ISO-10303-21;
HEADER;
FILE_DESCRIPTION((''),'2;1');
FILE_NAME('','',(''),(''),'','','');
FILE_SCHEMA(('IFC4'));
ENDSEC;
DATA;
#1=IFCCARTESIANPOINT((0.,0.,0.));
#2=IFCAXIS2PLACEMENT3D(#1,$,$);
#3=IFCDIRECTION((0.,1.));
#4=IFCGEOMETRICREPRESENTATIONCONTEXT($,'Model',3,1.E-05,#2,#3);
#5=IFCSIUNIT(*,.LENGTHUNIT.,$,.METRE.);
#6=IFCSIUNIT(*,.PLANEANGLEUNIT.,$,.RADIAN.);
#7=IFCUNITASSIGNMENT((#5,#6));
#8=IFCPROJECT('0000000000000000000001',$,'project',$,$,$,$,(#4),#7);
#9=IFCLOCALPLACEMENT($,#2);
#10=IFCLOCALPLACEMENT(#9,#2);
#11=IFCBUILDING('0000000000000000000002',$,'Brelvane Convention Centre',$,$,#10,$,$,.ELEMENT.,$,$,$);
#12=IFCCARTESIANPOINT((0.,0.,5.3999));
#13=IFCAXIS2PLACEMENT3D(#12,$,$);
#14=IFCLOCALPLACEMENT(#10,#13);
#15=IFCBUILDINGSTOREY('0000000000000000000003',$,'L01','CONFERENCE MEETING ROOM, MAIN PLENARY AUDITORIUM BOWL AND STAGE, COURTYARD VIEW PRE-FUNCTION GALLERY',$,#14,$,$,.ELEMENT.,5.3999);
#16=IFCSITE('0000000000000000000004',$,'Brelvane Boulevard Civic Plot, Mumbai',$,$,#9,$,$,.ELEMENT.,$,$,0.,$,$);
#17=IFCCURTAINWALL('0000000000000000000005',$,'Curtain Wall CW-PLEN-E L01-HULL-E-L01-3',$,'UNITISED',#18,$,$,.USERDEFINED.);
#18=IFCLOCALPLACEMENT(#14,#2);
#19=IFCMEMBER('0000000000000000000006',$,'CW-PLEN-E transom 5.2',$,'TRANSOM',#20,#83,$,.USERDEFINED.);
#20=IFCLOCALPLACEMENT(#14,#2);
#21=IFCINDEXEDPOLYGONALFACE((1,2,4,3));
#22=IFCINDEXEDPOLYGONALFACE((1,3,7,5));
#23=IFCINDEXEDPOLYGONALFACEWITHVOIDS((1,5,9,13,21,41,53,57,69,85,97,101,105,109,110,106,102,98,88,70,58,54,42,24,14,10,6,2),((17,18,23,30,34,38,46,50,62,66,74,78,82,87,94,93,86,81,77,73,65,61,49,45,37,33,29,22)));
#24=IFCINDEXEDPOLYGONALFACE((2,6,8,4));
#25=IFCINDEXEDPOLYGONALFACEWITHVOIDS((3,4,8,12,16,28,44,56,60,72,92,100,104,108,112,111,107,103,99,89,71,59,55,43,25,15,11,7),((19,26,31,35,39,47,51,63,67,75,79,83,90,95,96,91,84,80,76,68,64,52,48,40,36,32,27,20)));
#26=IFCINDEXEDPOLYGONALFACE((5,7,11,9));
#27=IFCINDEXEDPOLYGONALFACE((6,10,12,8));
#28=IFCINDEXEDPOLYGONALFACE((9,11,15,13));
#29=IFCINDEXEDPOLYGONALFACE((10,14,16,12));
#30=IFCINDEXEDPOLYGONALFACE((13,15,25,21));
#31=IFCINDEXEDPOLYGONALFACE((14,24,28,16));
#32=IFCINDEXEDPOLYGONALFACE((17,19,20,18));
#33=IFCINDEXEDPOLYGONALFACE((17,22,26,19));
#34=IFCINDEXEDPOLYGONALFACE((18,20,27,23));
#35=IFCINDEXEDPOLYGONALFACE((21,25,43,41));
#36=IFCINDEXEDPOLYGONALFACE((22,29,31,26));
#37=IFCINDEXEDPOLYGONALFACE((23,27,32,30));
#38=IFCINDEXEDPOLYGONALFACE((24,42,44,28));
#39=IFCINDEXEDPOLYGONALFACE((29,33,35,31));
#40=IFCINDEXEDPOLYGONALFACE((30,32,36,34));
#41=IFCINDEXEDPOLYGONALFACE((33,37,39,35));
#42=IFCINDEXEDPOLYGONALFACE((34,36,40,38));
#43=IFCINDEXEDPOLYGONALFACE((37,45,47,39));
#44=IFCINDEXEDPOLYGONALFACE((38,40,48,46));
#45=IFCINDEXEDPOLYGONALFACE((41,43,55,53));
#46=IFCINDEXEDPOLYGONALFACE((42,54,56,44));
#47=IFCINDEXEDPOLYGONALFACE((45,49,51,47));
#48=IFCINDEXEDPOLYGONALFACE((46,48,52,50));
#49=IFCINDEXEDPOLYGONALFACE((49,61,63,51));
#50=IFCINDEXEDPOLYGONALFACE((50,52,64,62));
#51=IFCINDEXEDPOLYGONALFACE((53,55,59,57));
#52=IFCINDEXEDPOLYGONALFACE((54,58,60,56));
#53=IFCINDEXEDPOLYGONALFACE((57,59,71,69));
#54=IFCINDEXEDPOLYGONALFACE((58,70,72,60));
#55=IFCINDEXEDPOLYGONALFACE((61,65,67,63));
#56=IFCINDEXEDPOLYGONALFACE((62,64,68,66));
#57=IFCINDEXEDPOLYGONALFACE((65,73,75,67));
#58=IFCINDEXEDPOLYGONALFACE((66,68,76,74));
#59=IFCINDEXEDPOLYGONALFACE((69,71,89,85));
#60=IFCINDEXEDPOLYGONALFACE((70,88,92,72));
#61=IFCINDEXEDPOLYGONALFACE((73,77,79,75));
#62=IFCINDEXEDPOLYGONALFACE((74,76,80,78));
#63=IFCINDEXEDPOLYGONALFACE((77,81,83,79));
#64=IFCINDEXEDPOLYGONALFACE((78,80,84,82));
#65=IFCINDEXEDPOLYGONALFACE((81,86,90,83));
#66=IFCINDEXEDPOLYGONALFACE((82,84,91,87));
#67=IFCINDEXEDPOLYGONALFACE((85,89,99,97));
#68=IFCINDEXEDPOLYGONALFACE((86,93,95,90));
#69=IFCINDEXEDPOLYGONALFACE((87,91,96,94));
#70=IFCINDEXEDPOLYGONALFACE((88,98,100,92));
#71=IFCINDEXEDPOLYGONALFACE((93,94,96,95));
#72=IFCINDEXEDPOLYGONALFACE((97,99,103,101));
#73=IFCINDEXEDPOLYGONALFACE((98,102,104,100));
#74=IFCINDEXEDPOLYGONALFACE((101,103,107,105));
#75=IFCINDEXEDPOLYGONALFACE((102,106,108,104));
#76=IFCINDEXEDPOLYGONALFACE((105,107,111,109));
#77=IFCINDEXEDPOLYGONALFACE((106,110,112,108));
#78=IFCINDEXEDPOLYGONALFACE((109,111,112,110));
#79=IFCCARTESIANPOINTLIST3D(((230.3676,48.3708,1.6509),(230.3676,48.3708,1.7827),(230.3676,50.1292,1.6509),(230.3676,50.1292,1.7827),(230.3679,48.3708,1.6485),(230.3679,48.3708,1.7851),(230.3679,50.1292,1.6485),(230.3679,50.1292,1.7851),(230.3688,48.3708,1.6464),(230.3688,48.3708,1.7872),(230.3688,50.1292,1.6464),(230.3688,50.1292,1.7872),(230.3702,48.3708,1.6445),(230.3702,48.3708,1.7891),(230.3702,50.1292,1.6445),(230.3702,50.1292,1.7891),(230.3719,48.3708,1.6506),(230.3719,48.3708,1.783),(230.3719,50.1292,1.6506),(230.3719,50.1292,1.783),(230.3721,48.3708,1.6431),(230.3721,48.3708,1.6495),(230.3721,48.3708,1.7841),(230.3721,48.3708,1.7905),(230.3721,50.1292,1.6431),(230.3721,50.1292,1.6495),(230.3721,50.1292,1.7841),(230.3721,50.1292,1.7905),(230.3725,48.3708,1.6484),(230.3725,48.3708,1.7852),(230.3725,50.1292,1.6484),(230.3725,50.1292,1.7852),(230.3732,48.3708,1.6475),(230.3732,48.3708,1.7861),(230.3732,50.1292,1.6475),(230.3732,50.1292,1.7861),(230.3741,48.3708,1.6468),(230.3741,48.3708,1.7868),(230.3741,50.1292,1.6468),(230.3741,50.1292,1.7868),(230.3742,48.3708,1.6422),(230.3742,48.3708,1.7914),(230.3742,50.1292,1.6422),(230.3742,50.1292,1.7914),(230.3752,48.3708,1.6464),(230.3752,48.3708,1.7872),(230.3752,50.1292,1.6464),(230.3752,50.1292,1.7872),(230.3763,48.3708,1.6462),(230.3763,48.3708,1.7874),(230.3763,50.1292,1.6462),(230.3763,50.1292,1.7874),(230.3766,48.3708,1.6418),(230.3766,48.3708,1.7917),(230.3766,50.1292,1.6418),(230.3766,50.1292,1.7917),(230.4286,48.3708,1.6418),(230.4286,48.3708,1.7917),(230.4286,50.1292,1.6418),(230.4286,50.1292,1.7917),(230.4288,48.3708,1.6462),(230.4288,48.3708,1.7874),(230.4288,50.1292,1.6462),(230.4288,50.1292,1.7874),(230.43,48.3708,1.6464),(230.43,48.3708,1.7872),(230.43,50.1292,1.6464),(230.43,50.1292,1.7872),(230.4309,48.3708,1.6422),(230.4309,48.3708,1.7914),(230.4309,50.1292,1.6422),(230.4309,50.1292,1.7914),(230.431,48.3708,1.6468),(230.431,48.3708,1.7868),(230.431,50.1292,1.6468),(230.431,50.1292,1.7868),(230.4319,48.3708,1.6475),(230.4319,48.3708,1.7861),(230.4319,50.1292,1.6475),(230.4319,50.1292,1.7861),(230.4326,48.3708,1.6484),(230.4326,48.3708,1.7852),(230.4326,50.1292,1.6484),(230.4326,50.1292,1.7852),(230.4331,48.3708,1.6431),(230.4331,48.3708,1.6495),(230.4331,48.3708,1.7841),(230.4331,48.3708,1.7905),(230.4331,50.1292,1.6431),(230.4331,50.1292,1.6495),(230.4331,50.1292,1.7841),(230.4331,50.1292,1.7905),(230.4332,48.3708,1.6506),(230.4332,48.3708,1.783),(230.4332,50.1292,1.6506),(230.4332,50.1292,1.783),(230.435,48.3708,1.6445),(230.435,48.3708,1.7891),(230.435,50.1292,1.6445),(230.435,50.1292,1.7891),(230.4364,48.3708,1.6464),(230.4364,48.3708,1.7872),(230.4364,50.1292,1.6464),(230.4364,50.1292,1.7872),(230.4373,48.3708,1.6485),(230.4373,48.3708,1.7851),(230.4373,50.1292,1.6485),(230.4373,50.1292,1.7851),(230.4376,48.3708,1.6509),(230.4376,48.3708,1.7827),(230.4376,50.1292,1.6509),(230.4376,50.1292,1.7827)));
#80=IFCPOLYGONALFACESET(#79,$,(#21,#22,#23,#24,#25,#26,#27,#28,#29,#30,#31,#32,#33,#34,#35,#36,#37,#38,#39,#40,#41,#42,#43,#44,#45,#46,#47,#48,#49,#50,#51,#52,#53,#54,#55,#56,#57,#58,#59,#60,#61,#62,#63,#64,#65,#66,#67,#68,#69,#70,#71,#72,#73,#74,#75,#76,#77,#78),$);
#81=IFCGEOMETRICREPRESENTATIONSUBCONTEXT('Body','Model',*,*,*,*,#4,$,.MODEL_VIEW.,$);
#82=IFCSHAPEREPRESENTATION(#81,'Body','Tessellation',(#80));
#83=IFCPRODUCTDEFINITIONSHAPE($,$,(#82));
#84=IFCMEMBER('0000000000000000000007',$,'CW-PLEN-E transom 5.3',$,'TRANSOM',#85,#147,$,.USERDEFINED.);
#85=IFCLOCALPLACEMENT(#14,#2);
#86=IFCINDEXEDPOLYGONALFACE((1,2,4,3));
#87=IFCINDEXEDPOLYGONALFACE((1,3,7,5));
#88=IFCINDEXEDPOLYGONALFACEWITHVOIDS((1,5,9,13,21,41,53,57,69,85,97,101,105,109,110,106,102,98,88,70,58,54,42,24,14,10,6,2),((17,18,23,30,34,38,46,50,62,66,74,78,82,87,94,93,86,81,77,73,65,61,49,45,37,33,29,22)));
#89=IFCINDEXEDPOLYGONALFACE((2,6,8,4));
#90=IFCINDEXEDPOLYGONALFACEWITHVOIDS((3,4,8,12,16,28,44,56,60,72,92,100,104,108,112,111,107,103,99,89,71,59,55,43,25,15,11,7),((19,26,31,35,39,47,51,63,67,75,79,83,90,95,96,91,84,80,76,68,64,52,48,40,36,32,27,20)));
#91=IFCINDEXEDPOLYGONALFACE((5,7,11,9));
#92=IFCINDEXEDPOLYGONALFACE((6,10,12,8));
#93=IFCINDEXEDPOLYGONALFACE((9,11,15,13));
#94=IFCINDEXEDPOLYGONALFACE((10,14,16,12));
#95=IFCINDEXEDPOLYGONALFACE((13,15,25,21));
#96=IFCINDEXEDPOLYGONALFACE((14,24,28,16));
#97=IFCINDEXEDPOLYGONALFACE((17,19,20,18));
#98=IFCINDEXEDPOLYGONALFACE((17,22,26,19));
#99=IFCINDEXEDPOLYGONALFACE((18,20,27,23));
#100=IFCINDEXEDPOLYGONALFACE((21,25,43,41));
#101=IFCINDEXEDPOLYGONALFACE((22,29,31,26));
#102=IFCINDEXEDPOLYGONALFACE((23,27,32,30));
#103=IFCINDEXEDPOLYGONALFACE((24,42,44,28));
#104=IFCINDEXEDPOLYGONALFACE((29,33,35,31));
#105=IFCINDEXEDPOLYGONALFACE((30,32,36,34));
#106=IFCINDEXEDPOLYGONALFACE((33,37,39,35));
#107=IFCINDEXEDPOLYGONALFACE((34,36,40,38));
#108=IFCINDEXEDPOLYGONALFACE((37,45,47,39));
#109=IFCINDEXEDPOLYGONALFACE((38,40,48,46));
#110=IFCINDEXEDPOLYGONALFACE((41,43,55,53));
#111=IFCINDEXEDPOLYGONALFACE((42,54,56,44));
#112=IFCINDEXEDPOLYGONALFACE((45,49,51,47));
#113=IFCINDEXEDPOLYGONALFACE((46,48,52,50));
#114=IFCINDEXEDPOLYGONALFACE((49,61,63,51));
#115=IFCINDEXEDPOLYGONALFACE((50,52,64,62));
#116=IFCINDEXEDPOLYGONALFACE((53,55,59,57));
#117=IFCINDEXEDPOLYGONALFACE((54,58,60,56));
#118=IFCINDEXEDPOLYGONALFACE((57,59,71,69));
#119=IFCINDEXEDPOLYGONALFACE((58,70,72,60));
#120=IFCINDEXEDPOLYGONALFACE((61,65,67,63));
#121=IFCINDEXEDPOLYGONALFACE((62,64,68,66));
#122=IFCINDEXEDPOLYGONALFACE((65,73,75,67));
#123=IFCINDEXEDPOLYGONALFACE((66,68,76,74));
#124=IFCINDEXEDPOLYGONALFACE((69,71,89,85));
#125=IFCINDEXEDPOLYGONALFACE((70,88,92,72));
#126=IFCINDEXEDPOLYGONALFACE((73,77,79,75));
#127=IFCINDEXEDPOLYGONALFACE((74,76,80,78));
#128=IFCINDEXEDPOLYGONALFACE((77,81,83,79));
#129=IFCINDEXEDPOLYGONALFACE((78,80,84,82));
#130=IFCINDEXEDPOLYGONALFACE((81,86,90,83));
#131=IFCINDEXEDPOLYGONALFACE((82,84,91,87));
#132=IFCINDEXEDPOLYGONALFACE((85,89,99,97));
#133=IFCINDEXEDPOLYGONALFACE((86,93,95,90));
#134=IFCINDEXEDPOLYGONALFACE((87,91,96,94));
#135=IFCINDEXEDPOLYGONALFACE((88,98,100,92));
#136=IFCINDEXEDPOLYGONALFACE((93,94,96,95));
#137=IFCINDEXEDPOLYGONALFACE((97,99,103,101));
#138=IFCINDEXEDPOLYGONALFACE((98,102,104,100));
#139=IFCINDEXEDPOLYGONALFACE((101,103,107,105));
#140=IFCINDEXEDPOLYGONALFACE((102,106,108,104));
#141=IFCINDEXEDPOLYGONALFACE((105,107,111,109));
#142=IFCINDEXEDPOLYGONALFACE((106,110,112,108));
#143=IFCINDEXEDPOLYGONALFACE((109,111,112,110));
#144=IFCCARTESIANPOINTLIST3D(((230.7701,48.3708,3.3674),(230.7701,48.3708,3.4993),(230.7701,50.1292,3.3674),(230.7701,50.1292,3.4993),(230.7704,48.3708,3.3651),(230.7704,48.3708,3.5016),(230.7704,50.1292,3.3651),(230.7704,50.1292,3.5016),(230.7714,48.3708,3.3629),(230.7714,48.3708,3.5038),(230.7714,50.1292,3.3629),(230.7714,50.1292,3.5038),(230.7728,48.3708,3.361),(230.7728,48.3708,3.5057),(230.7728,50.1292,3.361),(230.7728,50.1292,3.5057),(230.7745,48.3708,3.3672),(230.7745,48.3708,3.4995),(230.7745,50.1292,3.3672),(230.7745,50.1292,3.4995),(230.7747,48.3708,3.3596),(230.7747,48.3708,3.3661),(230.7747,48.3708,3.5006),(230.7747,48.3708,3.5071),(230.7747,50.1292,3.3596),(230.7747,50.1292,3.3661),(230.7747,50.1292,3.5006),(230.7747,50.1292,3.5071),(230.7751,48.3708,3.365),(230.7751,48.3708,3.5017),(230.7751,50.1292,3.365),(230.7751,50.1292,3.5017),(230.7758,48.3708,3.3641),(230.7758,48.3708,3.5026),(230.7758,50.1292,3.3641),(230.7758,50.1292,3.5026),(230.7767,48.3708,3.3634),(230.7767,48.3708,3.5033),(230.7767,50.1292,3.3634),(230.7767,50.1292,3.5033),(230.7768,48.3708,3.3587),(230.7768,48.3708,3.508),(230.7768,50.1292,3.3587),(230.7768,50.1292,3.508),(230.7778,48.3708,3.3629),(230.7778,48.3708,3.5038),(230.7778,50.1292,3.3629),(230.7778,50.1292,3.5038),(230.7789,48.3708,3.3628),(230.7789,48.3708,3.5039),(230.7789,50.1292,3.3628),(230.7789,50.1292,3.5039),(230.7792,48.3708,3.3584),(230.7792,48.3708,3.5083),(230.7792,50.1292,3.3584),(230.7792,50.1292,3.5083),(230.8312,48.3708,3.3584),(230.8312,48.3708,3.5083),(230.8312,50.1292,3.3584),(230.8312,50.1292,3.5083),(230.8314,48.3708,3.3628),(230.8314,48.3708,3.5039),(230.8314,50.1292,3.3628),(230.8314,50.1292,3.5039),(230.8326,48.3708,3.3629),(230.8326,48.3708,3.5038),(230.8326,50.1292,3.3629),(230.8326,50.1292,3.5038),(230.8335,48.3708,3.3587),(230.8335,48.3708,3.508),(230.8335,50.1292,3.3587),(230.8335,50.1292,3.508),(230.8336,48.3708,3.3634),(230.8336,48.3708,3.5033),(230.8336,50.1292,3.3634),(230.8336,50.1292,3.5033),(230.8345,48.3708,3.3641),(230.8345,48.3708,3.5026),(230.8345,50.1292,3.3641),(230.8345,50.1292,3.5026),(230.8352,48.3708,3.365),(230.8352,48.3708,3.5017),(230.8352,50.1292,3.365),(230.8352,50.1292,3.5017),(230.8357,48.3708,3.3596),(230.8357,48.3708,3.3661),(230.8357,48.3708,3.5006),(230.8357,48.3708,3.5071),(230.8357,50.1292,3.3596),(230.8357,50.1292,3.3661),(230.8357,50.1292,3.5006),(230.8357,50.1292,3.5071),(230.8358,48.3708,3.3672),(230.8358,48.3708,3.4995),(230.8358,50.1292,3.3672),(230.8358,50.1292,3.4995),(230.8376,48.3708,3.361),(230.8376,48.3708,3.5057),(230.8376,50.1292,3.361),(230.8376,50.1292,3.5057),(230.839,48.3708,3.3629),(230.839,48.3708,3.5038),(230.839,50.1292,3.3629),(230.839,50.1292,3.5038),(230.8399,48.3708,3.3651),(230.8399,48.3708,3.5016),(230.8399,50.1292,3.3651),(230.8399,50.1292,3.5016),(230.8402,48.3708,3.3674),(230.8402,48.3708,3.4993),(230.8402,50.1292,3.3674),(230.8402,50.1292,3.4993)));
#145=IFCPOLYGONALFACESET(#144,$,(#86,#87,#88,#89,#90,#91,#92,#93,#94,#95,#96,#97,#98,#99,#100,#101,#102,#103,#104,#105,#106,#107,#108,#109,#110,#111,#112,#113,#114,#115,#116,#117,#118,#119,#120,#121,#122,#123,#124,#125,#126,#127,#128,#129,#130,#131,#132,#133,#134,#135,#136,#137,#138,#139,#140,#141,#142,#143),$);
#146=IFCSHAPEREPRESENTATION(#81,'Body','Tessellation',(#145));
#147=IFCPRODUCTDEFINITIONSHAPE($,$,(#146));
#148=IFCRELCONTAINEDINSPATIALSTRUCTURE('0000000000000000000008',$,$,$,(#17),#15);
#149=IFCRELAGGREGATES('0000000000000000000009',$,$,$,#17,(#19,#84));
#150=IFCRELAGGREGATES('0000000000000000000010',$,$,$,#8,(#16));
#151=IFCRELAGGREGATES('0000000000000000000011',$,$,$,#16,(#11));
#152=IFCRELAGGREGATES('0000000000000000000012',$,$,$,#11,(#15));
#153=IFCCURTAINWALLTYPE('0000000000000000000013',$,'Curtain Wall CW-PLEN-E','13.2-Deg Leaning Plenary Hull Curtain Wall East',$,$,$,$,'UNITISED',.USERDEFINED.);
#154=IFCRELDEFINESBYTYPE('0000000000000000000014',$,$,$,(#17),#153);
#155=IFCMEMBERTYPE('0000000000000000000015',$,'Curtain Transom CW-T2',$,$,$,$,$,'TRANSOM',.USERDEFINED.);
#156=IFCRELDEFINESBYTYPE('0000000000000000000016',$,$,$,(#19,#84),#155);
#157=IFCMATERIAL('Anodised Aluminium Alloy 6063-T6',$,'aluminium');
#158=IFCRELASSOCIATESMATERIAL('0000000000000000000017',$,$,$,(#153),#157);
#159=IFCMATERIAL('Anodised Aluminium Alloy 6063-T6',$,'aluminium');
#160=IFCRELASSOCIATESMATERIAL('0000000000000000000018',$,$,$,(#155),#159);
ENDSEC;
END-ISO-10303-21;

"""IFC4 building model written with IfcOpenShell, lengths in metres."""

from ifc_helpers import new_model, si_unit, direction, frame, origin, origin_2d, place, context, subcontext, project, spatial, hollow_rectangle, extrude, material, material_profile, profile_set, type_object, element, aggregate, save


model = new_model("IFC4")

# Units and contexts
model_context = context("Model", 3, precision=1e-05, world=origin(), true_north=direction((0.0, 1.0)))
body_context = subcontext(model_context, "Body", "Model", "MODEL_VIEW")
ifc_project = project(units=[si_unit("LENGTHUNIT", "METRE"), si_unit("PLANEANGLEUNIT", "RADIAN")], contexts=[model_context])

# Site, building, storey
site_placement = place(None, origin())
site = spatial("IfcSite", under=ifc_project, at=site_placement, Name="Brelvane Boulevard Civic Plot, Mumbai", CompositionType="ELEMENT", RefElevation=0.0)
building_placement = place(site_placement, origin())
building = spatial("IfcBuilding", under=site, at=building_placement, Name="Brelvane Convention Centre", CompositionType="ELEMENT")
storey_placement = place(building_placement, frame((0.0, 0.0, 5.3999)))
storey = spatial("IfcBuildingStorey", under=building, at=storey_placement, Name="L01", Description="CONFERENCE MEETING ROOM, MAIN PLENARY AUDITORIUM BOWL AND STAGE, COURTYARD VIEW PRE-FUNCTION GALLERY", CompositionType="ELEMENT", Elevation=5.3999)

# Curtain wall, members
ifc_material_1 = material(Name="Anodised Aluminium Alloy 6063-T6", Category="aluminium")
curtain_wall_type = type_object("IfcCurtainWallType", Name="Curtain Wall CW-PLEN-E", Description="13.2-Deg Leaning Plenary Hull Curtain Wall East", ElementType="UNITISED", PredefinedType="USERDEFINED", material=ifc_material_1)
curtain_wall_placement = place(storey_placement, origin())
curtain_wall = element("IfcCurtainWall", 1, at=curtain_wall_placement, inside=storey, type_object=curtain_wall_type, Name="Curtain Wall CW-PLEN-E L01-HULL-E-L01-3", ObjectType="UNITISED", PredefinedType="USERDEFINED")
ifc_material_2 = material(Name="Anodised Aluminium Alloy 6063-T6", Category="aluminium")
ifc_material_profile = material_profile(ifc_material_2, hollow_rectangle(XDim=0.0701, YDim=0.1499, WallThickness=0.0044, InnerFilletRadius=0.0044, OuterFilletRadius=0.009, at=origin_2d()), Name="ALU-T 150x70x4.5")
ifc_profile_set = profile_set([ifc_material_profile], Name="Anodised Aluminium Alloy 6063-T6")
member_type = type_object("IfcMemberType", Name="Curtain Transom CW-T2", ElementType="TRANSOM", PredefinedType="USERDEFINED", material=ifc_profile_set)
member_1_placement = place(storey_placement, frame((230.4026, 48.3708, 1.7168), z_axis=(0.0, 1.0, 0.0), x_axis=(-1.0, 0.0, 0.0)))
member_1 = element("IfcMember", 2, at=member_1_placement, type_object=member_type, Name="CW-PLEN-E transom 5.2", ObjectType="TRANSOM", PredefinedType="USERDEFINED", context=body_context, shape_type="SweptSolid", body=[
    extrude(hollow_rectangle(XDim=0.0701, YDim=0.1499, WallThickness=0.0044, InnerFilletRadius=0.0044, OuterFilletRadius=0.009, at=origin_2d()), origin(), (0.0, 0.0, 1.0), 1.7583),
])
member_2_placement = place(storey_placement, frame((230.8052, 48.3708, 3.4333), z_axis=(0.0, 1.0, 0.0), x_axis=(-1.0, 0.0, 0.0)))
member_2 = element("IfcMember", 3, at=member_2_placement, type_object=member_type, Name="CW-PLEN-E transom 5.3", ObjectType="TRANSOM", PredefinedType="USERDEFINED", context=body_context, shape_type="SweptSolid", body=[
    extrude(hollow_rectangle(XDim=0.0701, YDim=0.1499, WallThickness=0.0044, InnerFilletRadius=0.0044, OuterFilletRadius=0.009, at=origin_2d()), origin(), (0.0, 0.0, 1.0), 1.7583),
])
aggregate(curtain_wall, [member_1, member_2])

save(model, "model.ifc")
